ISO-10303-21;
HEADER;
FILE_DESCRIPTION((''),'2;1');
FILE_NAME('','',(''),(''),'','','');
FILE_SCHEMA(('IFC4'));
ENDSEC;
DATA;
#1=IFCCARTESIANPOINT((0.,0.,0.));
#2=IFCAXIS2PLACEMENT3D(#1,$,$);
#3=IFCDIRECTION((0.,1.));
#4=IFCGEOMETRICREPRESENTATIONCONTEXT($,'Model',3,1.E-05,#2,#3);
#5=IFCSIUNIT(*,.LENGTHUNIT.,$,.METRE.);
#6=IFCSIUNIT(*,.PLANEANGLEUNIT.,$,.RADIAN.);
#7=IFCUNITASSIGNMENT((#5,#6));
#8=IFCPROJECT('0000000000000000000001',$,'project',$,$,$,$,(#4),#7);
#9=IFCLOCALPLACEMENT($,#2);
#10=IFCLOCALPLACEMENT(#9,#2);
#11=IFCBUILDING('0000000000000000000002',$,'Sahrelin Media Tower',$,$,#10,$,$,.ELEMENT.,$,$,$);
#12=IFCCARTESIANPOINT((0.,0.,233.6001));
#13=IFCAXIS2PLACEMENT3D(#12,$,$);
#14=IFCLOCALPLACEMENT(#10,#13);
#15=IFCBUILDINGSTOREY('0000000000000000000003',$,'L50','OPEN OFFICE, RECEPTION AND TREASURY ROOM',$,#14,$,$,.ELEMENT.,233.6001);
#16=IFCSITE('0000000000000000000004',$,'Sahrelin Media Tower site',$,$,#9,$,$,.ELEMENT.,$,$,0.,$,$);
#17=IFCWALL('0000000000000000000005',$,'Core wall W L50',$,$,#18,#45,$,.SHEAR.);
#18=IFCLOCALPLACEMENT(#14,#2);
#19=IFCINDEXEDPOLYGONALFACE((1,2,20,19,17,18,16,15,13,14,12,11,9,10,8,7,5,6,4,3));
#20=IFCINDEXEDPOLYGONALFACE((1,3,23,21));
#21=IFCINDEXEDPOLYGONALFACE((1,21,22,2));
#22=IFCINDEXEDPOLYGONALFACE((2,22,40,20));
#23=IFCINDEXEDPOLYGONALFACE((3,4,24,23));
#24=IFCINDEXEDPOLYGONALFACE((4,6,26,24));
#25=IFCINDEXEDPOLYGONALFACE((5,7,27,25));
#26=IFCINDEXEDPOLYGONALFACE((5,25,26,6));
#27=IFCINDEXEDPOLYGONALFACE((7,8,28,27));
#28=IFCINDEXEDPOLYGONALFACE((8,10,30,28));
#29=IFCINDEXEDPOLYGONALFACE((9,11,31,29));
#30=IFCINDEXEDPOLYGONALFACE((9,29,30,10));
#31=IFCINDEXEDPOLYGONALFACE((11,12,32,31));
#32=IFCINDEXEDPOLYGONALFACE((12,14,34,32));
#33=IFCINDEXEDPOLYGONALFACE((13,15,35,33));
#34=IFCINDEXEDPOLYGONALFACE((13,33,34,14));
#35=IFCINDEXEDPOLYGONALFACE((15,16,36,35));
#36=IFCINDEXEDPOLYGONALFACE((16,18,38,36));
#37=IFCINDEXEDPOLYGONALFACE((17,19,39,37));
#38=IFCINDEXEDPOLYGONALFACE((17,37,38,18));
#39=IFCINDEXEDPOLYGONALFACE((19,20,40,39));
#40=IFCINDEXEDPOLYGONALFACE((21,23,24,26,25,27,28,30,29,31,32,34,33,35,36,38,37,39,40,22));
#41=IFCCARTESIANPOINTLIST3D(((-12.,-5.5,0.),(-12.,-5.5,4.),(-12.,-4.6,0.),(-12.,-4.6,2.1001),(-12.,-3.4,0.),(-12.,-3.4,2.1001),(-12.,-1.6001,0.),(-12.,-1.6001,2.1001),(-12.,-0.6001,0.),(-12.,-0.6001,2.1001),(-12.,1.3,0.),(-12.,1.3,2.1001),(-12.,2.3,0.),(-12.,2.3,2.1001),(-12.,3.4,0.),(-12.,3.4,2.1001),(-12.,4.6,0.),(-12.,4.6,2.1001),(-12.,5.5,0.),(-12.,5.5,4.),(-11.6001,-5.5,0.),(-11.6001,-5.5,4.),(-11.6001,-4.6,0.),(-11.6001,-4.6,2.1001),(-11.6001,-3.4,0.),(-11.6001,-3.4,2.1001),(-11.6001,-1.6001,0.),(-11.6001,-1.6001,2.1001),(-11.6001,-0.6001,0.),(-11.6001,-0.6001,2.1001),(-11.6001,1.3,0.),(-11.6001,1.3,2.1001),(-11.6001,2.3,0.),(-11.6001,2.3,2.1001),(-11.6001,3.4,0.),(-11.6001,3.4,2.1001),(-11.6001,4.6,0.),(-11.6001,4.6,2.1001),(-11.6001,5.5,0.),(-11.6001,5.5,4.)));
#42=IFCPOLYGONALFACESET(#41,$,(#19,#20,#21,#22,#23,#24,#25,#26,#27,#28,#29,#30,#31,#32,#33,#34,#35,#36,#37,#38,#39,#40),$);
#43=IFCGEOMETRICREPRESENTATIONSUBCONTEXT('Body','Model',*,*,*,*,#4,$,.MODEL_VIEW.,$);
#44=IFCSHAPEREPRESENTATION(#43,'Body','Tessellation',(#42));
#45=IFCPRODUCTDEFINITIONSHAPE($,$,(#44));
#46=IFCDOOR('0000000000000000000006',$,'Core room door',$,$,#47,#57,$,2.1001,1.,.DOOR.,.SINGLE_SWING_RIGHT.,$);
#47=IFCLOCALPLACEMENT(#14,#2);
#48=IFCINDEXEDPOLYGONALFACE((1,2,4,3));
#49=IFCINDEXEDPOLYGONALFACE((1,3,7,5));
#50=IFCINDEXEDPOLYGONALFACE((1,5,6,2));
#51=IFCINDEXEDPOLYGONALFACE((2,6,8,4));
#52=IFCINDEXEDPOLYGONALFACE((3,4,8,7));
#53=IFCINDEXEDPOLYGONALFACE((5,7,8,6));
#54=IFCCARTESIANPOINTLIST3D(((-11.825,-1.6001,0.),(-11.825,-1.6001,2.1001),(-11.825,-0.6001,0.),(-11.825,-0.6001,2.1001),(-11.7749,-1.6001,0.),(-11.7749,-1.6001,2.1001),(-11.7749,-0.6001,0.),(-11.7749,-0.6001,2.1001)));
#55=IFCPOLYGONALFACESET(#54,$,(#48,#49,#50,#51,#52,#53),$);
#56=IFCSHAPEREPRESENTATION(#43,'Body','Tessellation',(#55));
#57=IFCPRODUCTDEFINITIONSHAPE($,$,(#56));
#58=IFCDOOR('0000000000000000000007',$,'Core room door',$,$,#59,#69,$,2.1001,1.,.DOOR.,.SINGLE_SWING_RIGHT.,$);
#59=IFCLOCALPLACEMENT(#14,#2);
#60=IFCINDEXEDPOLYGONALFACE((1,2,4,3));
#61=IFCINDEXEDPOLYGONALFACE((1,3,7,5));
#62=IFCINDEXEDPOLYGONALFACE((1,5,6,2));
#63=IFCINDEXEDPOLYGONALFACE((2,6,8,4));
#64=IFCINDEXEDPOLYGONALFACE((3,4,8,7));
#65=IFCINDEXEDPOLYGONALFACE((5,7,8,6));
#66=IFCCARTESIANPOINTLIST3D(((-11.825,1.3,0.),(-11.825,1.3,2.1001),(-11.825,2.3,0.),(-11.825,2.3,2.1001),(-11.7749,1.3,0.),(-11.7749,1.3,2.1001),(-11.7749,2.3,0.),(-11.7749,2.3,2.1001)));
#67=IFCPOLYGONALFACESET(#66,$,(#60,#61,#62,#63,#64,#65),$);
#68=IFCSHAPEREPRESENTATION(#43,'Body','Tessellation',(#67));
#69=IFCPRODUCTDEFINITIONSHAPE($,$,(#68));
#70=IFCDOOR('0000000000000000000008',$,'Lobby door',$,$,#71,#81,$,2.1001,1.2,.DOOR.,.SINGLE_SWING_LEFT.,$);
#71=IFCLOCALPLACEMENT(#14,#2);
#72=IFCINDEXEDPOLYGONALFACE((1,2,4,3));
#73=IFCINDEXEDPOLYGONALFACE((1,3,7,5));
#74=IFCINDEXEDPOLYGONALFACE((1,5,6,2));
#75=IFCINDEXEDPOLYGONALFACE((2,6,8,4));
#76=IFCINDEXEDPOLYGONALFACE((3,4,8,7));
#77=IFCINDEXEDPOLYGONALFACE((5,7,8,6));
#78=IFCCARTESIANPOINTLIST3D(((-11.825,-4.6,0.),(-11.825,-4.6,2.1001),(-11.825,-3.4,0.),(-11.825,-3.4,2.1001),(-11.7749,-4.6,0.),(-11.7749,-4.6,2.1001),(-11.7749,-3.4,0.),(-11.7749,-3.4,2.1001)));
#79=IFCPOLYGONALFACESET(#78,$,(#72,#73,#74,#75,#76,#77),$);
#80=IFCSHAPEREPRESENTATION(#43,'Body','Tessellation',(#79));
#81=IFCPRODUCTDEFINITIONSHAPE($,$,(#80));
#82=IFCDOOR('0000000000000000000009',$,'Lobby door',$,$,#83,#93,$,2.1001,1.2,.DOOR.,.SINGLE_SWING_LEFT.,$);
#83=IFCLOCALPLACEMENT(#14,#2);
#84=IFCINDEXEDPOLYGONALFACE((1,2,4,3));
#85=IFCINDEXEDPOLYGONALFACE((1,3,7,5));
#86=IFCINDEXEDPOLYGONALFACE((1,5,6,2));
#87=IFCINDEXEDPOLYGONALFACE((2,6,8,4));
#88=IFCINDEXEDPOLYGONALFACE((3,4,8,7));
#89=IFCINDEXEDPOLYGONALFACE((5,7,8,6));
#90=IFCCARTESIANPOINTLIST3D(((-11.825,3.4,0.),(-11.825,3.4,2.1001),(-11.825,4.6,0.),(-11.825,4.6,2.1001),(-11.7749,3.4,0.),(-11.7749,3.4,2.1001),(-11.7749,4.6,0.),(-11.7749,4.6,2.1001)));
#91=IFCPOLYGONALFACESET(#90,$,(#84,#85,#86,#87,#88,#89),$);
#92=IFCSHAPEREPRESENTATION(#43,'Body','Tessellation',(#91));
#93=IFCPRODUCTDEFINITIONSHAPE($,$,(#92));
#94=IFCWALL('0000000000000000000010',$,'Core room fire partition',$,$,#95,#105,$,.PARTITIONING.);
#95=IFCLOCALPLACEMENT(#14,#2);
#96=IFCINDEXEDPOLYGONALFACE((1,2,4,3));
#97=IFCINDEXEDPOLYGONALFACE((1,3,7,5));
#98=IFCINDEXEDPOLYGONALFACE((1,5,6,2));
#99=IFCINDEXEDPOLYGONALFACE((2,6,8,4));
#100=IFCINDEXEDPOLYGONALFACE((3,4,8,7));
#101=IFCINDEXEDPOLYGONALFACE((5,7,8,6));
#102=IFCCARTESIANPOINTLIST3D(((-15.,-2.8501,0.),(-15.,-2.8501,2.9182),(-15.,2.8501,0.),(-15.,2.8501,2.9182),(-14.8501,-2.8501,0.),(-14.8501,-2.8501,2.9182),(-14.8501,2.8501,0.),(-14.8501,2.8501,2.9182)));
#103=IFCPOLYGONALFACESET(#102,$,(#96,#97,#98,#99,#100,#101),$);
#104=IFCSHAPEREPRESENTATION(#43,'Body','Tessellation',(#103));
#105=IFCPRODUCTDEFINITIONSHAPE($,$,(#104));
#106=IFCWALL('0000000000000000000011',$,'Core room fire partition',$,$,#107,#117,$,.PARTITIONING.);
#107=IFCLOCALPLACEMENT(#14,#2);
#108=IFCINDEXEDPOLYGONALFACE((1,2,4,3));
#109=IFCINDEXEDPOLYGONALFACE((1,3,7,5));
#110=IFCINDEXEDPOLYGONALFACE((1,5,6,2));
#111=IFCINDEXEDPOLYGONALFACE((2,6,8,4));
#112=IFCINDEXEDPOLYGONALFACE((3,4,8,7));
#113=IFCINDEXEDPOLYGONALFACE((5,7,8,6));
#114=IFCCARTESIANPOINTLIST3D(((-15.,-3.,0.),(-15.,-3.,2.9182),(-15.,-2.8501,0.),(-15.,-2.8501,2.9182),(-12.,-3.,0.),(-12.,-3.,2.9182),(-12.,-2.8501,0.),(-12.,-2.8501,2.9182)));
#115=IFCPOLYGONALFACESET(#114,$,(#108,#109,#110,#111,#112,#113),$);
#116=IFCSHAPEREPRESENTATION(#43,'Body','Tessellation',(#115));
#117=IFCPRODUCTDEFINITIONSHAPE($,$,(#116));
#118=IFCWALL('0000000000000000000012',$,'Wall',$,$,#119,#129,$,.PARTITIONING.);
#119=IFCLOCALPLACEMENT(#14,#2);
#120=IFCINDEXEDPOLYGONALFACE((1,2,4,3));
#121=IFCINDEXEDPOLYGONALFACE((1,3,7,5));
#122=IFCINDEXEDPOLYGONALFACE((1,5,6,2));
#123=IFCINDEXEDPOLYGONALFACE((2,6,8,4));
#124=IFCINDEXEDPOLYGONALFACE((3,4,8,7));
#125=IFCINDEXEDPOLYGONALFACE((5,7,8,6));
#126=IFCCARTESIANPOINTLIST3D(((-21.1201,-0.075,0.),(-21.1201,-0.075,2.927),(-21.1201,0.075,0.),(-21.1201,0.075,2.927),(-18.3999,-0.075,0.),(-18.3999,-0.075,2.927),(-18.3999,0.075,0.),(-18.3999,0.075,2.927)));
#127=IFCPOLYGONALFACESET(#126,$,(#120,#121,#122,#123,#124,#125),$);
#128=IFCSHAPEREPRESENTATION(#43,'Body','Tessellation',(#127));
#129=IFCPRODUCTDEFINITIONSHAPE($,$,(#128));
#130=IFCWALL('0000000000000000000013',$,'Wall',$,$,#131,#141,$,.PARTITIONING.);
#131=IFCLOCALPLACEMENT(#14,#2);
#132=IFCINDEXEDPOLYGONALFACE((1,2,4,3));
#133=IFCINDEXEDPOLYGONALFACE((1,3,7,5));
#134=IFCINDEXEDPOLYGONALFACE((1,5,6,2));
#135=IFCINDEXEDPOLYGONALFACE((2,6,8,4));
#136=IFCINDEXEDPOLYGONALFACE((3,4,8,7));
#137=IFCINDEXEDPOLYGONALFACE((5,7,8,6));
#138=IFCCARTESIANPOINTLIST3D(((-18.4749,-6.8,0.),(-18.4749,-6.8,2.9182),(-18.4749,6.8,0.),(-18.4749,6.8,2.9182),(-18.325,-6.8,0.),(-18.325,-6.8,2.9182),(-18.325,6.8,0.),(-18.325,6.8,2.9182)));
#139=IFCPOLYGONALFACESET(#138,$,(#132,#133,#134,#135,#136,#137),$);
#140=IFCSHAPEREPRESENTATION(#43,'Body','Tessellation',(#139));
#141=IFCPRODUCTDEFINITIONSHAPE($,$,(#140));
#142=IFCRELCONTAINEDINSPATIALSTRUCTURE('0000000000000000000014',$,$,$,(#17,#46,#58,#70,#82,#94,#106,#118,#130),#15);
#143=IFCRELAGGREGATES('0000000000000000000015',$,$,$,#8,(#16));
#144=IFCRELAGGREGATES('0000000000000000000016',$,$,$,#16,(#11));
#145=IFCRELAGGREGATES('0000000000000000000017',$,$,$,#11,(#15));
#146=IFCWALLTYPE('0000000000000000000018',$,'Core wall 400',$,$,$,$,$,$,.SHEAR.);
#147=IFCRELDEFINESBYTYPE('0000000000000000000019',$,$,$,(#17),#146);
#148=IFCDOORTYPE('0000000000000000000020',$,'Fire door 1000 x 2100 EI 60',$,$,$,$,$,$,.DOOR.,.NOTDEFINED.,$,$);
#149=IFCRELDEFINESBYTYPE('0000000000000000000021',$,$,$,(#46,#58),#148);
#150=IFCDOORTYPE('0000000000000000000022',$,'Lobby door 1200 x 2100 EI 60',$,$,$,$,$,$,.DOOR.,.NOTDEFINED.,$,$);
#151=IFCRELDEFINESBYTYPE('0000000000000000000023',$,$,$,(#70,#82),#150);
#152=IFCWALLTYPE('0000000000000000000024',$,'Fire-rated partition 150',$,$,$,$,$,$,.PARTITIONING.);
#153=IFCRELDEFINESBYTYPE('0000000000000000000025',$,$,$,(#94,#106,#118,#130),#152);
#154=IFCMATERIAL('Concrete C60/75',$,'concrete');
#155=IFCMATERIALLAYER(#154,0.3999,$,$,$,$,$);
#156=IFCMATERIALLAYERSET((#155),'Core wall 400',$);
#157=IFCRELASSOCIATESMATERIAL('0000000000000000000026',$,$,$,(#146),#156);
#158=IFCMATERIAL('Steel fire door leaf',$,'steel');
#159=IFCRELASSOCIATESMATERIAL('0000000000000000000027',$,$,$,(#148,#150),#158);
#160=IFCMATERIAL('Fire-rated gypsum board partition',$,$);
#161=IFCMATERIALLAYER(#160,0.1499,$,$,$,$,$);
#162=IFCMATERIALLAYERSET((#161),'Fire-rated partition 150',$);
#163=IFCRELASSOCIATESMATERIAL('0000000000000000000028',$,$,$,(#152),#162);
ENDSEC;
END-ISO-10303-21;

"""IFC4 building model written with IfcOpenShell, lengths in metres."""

from ifc_helpers import new_model, si_unit, direction, frame, frame_2d, origin, place, context, subcontext, project, spatial, rectangle, extrude, material, layer, layer_set, type_object, element, fill, save


model = new_model("IFC4")

# Units and contexts
model_context = context("Model", 3, precision=1e-05, world=origin(), true_north=direction((0.0, 1.0)))
body_context = subcontext(model_context, "Body", "Model", "MODEL_VIEW")
ifc_project = project(units=[si_unit("LENGTHUNIT", "METRE"), si_unit("PLANEANGLEUNIT", "RADIAN")], contexts=[model_context])

# Site, building, storey
site_placement = place(None, origin())
site = spatial("IfcSite", under=ifc_project, at=site_placement, Name="Sahrelin Media Tower site", CompositionType="ELEMENT", RefElevation=0.0)
building_placement = place(site_placement, origin())
building = spatial("IfcBuilding", under=site, at=building_placement, Name="Sahrelin Media Tower", CompositionType="ELEMENT")
storey_placement = place(building_placement, frame((0.0, 0.0, 233.6001)))
storey = spatial("IfcBuildingStorey", under=building, at=storey_placement, Name="L50", Description="OPEN OFFICE, RECEPTION AND TREASURY ROOM", CompositionType="ELEMENT", Elevation=233.6001)

# Wall, openings, doors
ifc_material_1 = material(Name="Concrete C60/75", Category="concrete")
ifc_layer_1 = layer(ifc_material_1, 0.3999)
ifc_layer_set_1 = layer_set([ifc_layer_1], Name="Core wall 400")
wall_type_1 = type_object("IfcWallType", Name="Core wall 400", PredefinedType="SHEAR", material=ifc_layer_set_1)
wall_1_placement = place(storey_placement, frame((-11.8, -5.5, 0.0), z_axis=(0.0, 0.0, 1.0), x_axis=(0.0, 1.0, 0.0)))
wall_1 = element("IfcWall", 1, at=wall_1_placement, inside=storey, type_object=wall_type_1, Name="Core wall W L50", PredefinedType="SHEAR", context=body_context, shape_type="SweptSolid", body=[
    extrude(rectangle(XDim=11.0, YDim=0.3999, at=frame_2d((5.5, 0.0))), origin(), (0.0, 0.0, 1.0), 4.0),
])
opening_1_placement = place(wall_1_placement, frame((3.8999, 0.0, 0.0)))
opening_1 = element("IfcOpeningElement", 2, at=opening_1_placement, cuts=wall_1, PredefinedType="OPENING", context=body_context, shape_type="SweptSolid", body=[
    extrude(rectangle(XDim=1.0, YDim=2.1001, at=frame_2d((0.5, 1.05))), frame((0.0, 0.2, 0.0), z_axis=(0.0, -1.0, 0.0), x_axis=(1.0, 0.0, 0.0)), (0.0, 0.0, 1.0), 0.3999),
])
opening_2_placement = place(wall_1_placement, frame((6.8, 0.0, 0.0)))
opening_2 = element("IfcOpeningElement", 3, at=opening_2_placement, cuts=wall_1, PredefinedType="OPENING", context=body_context, shape_type="SweptSolid", body=[
    extrude(rectangle(XDim=1.0, YDim=2.1001, at=frame_2d((0.5, 1.05))), frame((0.0, 0.2, 0.0), z_axis=(0.0, -1.0, 0.0), x_axis=(1.0, 0.0, 0.0)), (0.0, 0.0, 1.0), 0.3999),
])
opening_3_placement = place(wall_1_placement, frame((0.8999, 0.0, 0.0)))
opening_3 = element("IfcOpeningElement", 4, at=opening_3_placement, cuts=wall_1, PredefinedType="OPENING", context=body_context, shape_type="SweptSolid", body=[
    extrude(rectangle(XDim=1.2, YDim=2.1001, at=frame_2d((0.6001, 1.05))), frame((0.0, 0.2, 0.0), z_axis=(0.0, -1.0, 0.0), x_axis=(1.0, 0.0, 0.0)), (0.0, 0.0, 1.0), 0.3999),
])
opening_4_placement = place(wall_1_placement, frame((8.8999, 0.0, 0.0)))
opening_4 = element("IfcOpeningElement", 5, at=opening_4_placement, cuts=wall_1, PredefinedType="OPENING", context=body_context, shape_type="SweptSolid", body=[
    extrude(rectangle(XDim=1.2, YDim=2.1001, at=frame_2d((0.6001, 1.05))), frame((0.0, 0.2, 0.0), z_axis=(0.0, -1.0, 0.0), x_axis=(1.0, 0.0, 0.0)), (0.0, 0.0, 1.0), 0.3999),
])
ifc_material_2 = material(Name="Steel fire door leaf", Category="steel")
door_type_1 = type_object("IfcDoorType", Name="Fire door 1000 x 2100 EI 60", OperationType="NOTDEFINED", PredefinedType="DOOR", material=ifc_material_2)
door_1_placement = place(opening_1_placement, origin())
door_1 = element("IfcDoor", 6, at=door_1_placement, inside=storey, type_object=door_type_1, Name="Core room door", OperationType="SINGLE_SWING_RIGHT", OverallHeight=2.1001, OverallWidth=1.0, PredefinedType="DOOR", context=body_context, shape_type="SweptSolid", body=[
    extrude(rectangle(XDim=1.0, YDim=2.1001, at=frame_2d((0.5, 1.05))), frame((0.0, 0.0249, 0.0), z_axis=(0.0, -1.0, 0.0), x_axis=(1.0, 0.0, 0.0)), (0.0, 0.0, 1.0), 0.05),
])
fill(opening_1, door_1)
door_2_placement = place(opening_2_placement, origin())
door_2 = element("IfcDoor", 7, at=door_2_placement, inside=storey, type_object=door_type_1, Name="Core room door", OperationType="SINGLE_SWING_RIGHT", OverallHeight=2.1001, OverallWidth=1.0, PredefinedType="DOOR", context=body_context, shape_type="SweptSolid", body=[
    extrude(rectangle(XDim=1.0, YDim=2.1001, at=frame_2d((0.5, 1.05))), frame((0.0, 0.0249, 0.0), z_axis=(0.0, -1.0, 0.0), x_axis=(1.0, 0.0, 0.0)), (0.0, 0.0, 1.0), 0.05),
])
fill(opening_2, door_2)
door_type_2 = type_object("IfcDoorType", Name="Lobby door 1200 x 2100 EI 60", OperationType="NOTDEFINED", PredefinedType="DOOR", material=ifc_material_2)
door_3_placement = place(opening_3_placement, origin())
door_3 = element("IfcDoor", 8, at=door_3_placement, inside=storey, type_object=door_type_2, Name="Lobby door", OperationType="SINGLE_SWING_LEFT", OverallHeight=2.1001, OverallWidth=1.2, PredefinedType="DOOR", context=body_context, shape_type="SweptSolid", body=[
    extrude(rectangle(XDim=1.2, YDim=2.1001, at=frame_2d((0.6001, 1.05))), frame((0.0, 0.0249, 0.0), z_axis=(0.0, -1.0, 0.0), x_axis=(1.0, 0.0, 0.0)), (0.0, 0.0, 1.0), 0.05),
])
fill(opening_3, door_3)
door_4_placement = place(opening_4_placement, origin())
door_4 = element("IfcDoor", 9, at=door_4_placement, inside=storey, type_object=door_type_2, Name="Lobby door", OperationType="SINGLE_SWING_LEFT", OverallHeight=2.1001, OverallWidth=1.2, PredefinedType="DOOR", context=body_context, shape_type="SweptSolid", body=[
    extrude(rectangle(XDim=1.2, YDim=2.1001, at=frame_2d((0.6001, 1.05))), frame((0.0, 0.0249, 0.0), z_axis=(0.0, -1.0, 0.0), x_axis=(1.0, 0.0, 0.0)), (0.0, 0.0, 1.0), 0.05),
])
fill(opening_4, door_4)

# Walls
ifc_material_3 = material(Name="Fire-rated gypsum board partition")
ifc_layer_2 = layer(ifc_material_3, 0.1499)
ifc_layer_set_2 = layer_set([ifc_layer_2], Name="Fire-rated partition 150")
wall_type_2 = type_object("IfcWallType", Name="Fire-rated partition 150", PredefinedType="PARTITIONING", material=ifc_layer_set_2)
wall_2_placement = place(storey_placement, frame((-14.925, -2.8501, 0.0), z_axis=(0.0, 0.0, 1.0), x_axis=(0.0, 1.0, 0.0)))
element("IfcWall", 10, at=wall_2_placement, inside=storey, type_object=wall_type_2, Name="Core room fire partition", PredefinedType="PARTITIONING", context=body_context, shape_type="SweptSolid", body=[
    extrude(rectangle(XDim=5.7002, YDim=0.1499, at=frame_2d((2.8501, 0.0))), origin(), (0.0, 0.0, 1.0), 2.9182),
])
wall_3_placement = place(storey_placement, frame((-15.0, -2.925, 0.0), z_axis=(0.0, 0.0, 1.0), x_axis=(1.0, 0.0, 0.0)))
element("IfcWall", 11, at=wall_3_placement, inside=storey, type_object=wall_type_2, Name="Core room fire partition", PredefinedType="PARTITIONING", context=body_context, shape_type="SweptSolid", body=[
    extrude(rectangle(XDim=3.0, YDim=0.1499, at=frame_2d((1.5, 0.0))), origin(), (0.0, 0.0, 1.0), 2.9182),
])
wall_4_placement = place(storey_placement, frame((-21.1201, 0.0, 0.0), z_axis=(0.0, 0.0, 1.0), x_axis=(1.0, 0.0, 0.0)))
element("IfcWall", 12, at=wall_4_placement, inside=storey, type_object=wall_type_2, Name="Wall", PredefinedType="PARTITIONING", context=body_context, shape_type="SweptSolid", body=[
    extrude(rectangle(XDim=2.7202, YDim=0.1499, at=frame_2d((1.3601, 0.0))), origin(), (0.0, 0.0, 1.0), 2.927),
])
wall_5_placement = place(storey_placement, frame((-18.3999, -6.8, 0.0), z_axis=(0.0, 0.0, 1.0), x_axis=(0.0, 1.0, 0.0)))
element("IfcWall", 13, at=wall_5_placement, inside=storey, type_object=wall_type_2, Name="Wall", PredefinedType="PARTITIONING", context=body_context, shape_type="SweptSolid", body=[
    extrude(rectangle(XDim=13.6001, YDim=0.1499, at=frame_2d((6.8, 0.0))), origin(), (0.0, 0.0, 1.0), 2.9182),
])

save(model, "model.ifc")
